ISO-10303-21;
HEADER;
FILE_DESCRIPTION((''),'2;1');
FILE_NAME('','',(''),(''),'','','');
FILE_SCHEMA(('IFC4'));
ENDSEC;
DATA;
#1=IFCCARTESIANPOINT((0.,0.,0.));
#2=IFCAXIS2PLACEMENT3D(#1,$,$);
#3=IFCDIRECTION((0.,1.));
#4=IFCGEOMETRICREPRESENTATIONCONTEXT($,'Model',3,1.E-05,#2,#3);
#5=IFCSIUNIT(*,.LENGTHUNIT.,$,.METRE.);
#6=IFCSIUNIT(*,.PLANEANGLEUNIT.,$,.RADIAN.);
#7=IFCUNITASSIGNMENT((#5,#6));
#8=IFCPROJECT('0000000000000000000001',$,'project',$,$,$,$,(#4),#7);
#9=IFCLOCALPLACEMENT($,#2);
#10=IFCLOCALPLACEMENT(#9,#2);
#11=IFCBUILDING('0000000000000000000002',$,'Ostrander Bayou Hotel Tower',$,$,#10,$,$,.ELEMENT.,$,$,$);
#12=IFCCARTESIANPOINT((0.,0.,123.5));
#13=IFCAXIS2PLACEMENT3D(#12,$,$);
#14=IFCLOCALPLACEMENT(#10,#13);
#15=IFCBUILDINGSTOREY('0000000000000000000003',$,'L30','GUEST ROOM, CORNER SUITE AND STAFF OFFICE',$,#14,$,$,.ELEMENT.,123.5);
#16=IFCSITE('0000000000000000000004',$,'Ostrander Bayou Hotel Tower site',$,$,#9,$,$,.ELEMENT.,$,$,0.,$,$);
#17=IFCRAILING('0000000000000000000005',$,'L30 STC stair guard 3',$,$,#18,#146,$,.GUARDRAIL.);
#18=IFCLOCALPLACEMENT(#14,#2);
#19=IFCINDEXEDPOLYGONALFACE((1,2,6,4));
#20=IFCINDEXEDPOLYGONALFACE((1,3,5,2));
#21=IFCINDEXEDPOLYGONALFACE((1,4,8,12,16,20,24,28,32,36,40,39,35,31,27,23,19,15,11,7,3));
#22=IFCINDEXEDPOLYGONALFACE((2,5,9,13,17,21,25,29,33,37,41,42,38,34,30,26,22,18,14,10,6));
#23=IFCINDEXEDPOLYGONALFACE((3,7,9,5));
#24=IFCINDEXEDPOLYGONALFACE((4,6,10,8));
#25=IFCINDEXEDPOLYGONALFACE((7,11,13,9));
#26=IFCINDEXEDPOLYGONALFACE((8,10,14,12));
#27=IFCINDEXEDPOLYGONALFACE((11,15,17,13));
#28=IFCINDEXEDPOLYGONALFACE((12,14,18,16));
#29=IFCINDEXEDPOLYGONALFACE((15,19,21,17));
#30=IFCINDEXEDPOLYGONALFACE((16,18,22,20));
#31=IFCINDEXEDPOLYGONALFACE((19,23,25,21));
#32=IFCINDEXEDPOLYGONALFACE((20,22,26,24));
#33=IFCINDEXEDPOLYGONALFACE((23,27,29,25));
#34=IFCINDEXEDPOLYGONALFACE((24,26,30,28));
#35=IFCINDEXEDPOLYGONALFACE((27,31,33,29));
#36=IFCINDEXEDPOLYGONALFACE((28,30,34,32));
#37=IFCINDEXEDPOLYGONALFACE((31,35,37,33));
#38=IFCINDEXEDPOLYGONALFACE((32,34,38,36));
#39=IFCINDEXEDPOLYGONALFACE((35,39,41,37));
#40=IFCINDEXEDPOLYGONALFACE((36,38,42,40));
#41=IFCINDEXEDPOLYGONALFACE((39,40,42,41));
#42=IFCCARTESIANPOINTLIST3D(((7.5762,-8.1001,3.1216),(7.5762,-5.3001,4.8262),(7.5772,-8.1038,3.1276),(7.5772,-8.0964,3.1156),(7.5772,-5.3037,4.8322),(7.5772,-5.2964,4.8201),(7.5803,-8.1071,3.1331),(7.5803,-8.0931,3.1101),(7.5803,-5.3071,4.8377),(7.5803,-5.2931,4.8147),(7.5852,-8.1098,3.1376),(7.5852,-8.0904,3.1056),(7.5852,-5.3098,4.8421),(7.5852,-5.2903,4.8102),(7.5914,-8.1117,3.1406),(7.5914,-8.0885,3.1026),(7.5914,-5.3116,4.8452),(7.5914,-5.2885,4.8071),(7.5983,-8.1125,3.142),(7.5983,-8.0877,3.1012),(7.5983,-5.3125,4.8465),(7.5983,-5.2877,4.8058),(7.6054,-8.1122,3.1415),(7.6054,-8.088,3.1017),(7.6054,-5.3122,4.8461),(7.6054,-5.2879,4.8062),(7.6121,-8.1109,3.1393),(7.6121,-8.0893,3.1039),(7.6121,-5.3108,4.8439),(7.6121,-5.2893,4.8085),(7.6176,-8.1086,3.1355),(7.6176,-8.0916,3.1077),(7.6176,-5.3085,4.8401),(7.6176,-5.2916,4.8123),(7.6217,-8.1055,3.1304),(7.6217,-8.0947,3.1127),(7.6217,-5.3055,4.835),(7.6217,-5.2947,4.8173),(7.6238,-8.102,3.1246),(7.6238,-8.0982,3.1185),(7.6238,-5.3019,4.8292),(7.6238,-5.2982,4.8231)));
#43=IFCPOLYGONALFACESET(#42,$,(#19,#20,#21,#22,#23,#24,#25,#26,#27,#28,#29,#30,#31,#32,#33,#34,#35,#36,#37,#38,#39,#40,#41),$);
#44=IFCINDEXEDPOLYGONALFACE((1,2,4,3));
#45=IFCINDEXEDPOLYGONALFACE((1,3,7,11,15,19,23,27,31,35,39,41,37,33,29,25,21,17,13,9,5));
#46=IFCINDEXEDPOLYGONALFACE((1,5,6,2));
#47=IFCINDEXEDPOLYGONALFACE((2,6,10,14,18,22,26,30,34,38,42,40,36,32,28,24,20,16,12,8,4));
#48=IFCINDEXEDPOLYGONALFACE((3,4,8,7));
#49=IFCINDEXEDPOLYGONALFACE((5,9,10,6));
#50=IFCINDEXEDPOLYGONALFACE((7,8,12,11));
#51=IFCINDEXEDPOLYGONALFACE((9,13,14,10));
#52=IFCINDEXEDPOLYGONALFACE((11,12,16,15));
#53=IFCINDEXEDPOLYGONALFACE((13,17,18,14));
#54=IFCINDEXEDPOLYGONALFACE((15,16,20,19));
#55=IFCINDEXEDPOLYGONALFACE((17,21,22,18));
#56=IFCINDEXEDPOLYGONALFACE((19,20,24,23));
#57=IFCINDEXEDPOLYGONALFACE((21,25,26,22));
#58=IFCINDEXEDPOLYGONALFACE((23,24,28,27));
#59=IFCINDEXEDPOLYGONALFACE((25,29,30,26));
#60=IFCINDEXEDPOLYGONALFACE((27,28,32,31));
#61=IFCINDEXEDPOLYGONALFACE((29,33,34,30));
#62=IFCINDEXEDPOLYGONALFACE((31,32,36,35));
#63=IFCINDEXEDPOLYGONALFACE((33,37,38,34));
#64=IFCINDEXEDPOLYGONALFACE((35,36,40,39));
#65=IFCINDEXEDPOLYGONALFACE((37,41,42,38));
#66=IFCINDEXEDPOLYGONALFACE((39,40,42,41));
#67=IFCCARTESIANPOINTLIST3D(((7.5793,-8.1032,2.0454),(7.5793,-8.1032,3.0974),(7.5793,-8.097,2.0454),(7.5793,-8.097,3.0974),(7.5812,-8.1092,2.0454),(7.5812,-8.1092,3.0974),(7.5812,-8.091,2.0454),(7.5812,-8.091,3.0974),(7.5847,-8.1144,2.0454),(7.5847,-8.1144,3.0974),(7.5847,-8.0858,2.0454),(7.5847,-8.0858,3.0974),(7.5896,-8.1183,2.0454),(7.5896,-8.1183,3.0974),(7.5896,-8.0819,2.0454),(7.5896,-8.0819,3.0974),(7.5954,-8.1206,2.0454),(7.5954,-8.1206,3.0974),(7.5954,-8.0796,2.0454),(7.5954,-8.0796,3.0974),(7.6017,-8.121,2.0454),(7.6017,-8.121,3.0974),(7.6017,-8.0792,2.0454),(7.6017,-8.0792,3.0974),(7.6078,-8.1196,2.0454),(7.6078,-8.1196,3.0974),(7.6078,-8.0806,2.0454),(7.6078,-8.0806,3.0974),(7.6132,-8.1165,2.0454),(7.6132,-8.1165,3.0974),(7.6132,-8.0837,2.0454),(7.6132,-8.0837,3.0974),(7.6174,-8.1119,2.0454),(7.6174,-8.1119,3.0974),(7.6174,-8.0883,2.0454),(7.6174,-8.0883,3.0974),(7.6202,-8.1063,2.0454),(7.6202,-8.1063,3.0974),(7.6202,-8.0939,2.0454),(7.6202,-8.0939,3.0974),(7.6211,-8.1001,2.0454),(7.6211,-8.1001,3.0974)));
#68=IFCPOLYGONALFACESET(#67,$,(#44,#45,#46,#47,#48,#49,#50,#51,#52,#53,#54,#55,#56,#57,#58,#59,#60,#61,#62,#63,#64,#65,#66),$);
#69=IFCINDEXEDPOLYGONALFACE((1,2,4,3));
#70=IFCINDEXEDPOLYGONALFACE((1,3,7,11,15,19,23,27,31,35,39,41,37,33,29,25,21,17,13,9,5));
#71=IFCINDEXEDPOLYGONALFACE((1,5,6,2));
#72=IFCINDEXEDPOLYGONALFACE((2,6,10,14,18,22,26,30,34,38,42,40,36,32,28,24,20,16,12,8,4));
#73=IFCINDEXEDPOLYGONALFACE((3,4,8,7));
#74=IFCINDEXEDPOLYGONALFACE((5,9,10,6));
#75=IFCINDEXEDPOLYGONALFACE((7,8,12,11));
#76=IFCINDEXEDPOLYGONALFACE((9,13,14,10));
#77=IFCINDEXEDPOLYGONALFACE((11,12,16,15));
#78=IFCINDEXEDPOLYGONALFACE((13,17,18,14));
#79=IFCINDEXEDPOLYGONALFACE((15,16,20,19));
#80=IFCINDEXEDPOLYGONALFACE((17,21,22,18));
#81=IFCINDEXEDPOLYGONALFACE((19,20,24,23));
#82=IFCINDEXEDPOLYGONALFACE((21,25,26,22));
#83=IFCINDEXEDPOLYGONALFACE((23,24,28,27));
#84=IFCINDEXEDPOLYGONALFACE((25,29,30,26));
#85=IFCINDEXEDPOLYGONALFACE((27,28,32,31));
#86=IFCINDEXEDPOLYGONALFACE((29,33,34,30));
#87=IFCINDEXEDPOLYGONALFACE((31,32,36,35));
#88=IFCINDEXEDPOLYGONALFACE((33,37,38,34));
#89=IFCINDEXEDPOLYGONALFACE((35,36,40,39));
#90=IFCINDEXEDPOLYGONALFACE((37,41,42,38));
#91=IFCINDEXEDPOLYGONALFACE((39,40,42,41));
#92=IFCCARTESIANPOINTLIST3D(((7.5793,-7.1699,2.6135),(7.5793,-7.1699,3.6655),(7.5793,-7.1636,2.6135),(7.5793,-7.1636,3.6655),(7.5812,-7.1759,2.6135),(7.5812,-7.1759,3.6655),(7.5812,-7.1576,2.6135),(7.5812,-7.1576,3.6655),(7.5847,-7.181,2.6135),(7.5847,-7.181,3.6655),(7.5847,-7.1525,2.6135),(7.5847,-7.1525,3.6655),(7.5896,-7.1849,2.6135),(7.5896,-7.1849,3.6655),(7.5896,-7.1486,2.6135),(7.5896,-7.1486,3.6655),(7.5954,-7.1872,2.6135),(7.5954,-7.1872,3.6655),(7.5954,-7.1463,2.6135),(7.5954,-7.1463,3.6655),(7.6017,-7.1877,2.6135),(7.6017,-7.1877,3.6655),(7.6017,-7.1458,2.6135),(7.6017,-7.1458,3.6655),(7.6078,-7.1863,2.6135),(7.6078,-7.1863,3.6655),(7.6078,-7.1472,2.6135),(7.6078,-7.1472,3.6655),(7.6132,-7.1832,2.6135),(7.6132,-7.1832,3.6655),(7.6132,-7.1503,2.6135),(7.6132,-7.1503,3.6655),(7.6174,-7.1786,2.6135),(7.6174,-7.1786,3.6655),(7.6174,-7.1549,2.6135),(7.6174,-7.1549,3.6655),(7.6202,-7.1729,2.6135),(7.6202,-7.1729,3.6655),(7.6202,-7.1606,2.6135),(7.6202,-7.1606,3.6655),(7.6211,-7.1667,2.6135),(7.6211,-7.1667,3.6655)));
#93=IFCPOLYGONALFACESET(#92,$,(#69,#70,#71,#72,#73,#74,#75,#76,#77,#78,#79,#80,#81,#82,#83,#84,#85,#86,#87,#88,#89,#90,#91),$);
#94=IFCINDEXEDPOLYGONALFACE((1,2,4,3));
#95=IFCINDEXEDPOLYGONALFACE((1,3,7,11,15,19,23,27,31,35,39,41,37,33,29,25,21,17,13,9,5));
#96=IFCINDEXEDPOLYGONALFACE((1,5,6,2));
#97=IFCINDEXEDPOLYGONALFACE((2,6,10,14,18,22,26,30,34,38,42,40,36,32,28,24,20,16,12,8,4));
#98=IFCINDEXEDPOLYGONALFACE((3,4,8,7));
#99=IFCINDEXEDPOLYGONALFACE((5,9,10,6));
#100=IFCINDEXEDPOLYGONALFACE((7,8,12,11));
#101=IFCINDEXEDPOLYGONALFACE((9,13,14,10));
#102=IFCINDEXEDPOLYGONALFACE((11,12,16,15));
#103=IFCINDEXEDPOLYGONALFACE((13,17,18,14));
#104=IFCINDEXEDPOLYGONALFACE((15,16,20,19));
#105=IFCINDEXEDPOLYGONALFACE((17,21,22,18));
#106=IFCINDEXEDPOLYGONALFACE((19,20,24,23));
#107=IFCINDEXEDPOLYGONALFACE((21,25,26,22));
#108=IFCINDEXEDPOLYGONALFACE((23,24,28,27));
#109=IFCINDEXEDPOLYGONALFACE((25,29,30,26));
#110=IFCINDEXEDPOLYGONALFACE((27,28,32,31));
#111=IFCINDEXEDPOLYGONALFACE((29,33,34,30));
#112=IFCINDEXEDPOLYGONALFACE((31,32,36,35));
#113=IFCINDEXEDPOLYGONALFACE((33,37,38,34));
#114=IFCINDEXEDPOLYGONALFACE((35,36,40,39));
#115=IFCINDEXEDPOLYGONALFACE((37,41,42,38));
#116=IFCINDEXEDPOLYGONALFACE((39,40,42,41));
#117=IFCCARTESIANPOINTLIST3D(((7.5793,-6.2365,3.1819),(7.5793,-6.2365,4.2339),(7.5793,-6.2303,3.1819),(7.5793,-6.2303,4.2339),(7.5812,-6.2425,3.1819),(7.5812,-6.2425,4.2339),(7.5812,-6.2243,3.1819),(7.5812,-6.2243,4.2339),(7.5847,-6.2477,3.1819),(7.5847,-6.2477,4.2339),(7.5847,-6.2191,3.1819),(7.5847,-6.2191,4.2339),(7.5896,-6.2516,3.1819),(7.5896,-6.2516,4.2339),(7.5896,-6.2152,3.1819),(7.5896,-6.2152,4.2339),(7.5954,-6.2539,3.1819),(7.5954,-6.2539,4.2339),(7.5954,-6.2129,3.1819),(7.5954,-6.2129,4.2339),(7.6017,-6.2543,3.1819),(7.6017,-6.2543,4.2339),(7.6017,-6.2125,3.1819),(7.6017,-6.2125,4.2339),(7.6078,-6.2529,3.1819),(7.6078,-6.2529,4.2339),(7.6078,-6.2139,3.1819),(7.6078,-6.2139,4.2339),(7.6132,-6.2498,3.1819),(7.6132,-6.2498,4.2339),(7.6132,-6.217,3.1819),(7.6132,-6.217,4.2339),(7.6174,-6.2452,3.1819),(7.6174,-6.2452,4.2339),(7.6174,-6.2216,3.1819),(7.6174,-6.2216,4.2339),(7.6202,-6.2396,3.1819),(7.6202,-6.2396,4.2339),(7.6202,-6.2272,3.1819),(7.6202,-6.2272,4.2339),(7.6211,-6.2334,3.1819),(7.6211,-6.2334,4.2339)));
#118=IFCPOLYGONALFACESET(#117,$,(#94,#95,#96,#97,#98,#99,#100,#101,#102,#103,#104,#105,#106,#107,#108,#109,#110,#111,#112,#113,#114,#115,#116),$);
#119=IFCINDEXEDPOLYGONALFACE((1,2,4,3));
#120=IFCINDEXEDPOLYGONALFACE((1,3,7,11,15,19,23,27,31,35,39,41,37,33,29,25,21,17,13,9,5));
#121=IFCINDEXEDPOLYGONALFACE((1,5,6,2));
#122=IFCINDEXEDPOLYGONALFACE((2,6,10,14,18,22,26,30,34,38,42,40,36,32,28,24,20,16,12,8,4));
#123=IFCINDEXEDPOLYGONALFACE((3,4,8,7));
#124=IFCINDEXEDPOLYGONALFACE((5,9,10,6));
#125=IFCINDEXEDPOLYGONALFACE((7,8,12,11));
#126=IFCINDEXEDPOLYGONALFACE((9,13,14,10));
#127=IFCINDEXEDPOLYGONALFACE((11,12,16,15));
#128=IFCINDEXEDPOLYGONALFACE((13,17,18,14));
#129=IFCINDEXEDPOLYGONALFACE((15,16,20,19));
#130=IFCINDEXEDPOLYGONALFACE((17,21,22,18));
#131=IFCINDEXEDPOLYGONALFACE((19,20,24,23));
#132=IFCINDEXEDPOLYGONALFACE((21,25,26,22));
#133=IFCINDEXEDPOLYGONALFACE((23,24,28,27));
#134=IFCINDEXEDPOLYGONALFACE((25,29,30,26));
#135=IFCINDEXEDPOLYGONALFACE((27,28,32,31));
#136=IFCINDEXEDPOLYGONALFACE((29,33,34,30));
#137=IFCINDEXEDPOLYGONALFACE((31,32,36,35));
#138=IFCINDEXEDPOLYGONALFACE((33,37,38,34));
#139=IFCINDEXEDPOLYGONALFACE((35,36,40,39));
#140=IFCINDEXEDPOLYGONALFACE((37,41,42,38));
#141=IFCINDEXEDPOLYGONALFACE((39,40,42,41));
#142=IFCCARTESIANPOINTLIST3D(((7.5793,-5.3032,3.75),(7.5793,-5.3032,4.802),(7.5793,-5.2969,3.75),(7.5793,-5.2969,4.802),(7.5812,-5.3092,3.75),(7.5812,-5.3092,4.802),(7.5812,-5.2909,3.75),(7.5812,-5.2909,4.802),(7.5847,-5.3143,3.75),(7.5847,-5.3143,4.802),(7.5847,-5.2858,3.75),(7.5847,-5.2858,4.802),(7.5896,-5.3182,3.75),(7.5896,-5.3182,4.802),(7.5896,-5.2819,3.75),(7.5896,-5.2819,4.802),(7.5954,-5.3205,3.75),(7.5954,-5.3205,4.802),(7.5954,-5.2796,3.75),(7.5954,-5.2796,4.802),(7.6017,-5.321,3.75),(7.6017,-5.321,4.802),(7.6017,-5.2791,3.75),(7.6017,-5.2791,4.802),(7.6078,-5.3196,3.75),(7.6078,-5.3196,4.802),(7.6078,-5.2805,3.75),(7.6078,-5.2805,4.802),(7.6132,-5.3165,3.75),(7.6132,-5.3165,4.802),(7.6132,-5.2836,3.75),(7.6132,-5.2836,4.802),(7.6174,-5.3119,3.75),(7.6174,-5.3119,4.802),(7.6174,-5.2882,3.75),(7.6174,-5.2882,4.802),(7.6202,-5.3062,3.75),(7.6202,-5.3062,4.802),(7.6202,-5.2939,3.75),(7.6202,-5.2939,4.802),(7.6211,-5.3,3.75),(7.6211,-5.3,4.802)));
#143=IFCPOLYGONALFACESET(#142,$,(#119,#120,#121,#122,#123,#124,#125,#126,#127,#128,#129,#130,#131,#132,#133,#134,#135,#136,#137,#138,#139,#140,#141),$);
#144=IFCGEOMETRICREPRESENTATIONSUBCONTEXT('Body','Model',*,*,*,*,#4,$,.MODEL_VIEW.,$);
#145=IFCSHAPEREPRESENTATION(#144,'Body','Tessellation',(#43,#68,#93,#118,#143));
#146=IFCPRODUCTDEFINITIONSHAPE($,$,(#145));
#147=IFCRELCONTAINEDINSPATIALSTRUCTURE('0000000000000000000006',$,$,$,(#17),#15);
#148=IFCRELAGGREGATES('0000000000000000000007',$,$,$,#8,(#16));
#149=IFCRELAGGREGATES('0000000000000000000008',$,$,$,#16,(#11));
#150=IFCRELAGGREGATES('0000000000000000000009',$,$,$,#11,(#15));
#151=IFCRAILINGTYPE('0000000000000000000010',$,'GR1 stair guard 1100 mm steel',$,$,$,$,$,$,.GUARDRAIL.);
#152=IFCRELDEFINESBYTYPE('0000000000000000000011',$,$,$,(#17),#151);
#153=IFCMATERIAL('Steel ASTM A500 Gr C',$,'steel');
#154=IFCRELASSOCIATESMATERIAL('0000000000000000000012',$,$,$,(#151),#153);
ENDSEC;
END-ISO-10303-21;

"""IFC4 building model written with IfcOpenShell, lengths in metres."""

from ifc_helpers import new_model, si_unit, direction, frame, origin, origin_2d, place, context, subcontext, project, spatial, circle, extrude, material, type_object, element, save


model = new_model("IFC4")

# Units and contexts
model_context = context("Model", 3, precision=1e-05, world=origin(), true_north=direction((0.0, 1.0)))
body_context = subcontext(model_context, "Body", "Model", "MODEL_VIEW")
ifc_project = project(units=[si_unit("LENGTHUNIT", "METRE"), si_unit("PLANEANGLEUNIT", "RADIAN")], contexts=[model_context])

# Site, building, storey
site_placement = place(None, origin())
site = spatial("IfcSite", under=ifc_project, at=site_placement, Name="Ostrander Bayou Hotel Tower site", CompositionType="ELEMENT", RefElevation=0.0)
building_placement = place(site_placement, origin())
building = spatial("IfcBuilding", under=site, at=building_placement, Name="Ostrander Bayou Hotel Tower", CompositionType="ELEMENT")
storey_placement = place(building_placement, frame((0.0, 0.0, 123.5)))
storey = spatial("IfcBuildingStorey", under=building, at=storey_placement, Name="L30", Description="GUEST ROOM, CORNER SUITE AND STAFF OFFICE", CompositionType="ELEMENT", Elevation=123.5)

# Railing
ifc_material_1 = material(Name="Steel ASTM A500 Gr C", Category="steel")
railing_type_1 = type_object("IfcRailingType", Name="GR1 stair guard 1100 mm steel", PredefinedType="GUARDRAIL", material=ifc_material_1)
railing_1_placement = place(storey_placement, frame((7.6001, -8.1001, 2.0454)))
element("IfcRailing", 1, at=railing_1_placement, inside=storey, type_object=railing_type_1, Name="L30 STC stair guard 3", PredefinedType="GUARDRAIL", context=body_context, shape_type="SweptSolid", body=[
    extrude(circle(Radius=0.0239, at=origin_2d()), frame((0.0, 0.0, 1.0762), z_axis=(0.0, 0.85417, 0.519994), x_axis=(-1.0, 0.0, 0.0)), (0.0, 0.0, 1.0), 3.2781),
    extrude(circle(Radius=0.021, at=origin_2d()), origin(), (0.0, 0.0, 1.0), 1.052),
    extrude(circle(Radius=0.021, at=origin_2d()), frame((0.0, 0.9333, 0.5681)), (0.0, 0.0, 1.0), 1.052),
    extrude(circle(Radius=0.021, at=origin_2d()), frame((0.0, 1.8667, 1.1365)), (0.0, 0.0, 1.0), 1.052),
    extrude(circle(Radius=0.021, at=origin_2d()), frame((0.0, 2.8, 1.7046)), (0.0, 0.0, 1.0), 1.052),
])

save(model, "model.ifc")
